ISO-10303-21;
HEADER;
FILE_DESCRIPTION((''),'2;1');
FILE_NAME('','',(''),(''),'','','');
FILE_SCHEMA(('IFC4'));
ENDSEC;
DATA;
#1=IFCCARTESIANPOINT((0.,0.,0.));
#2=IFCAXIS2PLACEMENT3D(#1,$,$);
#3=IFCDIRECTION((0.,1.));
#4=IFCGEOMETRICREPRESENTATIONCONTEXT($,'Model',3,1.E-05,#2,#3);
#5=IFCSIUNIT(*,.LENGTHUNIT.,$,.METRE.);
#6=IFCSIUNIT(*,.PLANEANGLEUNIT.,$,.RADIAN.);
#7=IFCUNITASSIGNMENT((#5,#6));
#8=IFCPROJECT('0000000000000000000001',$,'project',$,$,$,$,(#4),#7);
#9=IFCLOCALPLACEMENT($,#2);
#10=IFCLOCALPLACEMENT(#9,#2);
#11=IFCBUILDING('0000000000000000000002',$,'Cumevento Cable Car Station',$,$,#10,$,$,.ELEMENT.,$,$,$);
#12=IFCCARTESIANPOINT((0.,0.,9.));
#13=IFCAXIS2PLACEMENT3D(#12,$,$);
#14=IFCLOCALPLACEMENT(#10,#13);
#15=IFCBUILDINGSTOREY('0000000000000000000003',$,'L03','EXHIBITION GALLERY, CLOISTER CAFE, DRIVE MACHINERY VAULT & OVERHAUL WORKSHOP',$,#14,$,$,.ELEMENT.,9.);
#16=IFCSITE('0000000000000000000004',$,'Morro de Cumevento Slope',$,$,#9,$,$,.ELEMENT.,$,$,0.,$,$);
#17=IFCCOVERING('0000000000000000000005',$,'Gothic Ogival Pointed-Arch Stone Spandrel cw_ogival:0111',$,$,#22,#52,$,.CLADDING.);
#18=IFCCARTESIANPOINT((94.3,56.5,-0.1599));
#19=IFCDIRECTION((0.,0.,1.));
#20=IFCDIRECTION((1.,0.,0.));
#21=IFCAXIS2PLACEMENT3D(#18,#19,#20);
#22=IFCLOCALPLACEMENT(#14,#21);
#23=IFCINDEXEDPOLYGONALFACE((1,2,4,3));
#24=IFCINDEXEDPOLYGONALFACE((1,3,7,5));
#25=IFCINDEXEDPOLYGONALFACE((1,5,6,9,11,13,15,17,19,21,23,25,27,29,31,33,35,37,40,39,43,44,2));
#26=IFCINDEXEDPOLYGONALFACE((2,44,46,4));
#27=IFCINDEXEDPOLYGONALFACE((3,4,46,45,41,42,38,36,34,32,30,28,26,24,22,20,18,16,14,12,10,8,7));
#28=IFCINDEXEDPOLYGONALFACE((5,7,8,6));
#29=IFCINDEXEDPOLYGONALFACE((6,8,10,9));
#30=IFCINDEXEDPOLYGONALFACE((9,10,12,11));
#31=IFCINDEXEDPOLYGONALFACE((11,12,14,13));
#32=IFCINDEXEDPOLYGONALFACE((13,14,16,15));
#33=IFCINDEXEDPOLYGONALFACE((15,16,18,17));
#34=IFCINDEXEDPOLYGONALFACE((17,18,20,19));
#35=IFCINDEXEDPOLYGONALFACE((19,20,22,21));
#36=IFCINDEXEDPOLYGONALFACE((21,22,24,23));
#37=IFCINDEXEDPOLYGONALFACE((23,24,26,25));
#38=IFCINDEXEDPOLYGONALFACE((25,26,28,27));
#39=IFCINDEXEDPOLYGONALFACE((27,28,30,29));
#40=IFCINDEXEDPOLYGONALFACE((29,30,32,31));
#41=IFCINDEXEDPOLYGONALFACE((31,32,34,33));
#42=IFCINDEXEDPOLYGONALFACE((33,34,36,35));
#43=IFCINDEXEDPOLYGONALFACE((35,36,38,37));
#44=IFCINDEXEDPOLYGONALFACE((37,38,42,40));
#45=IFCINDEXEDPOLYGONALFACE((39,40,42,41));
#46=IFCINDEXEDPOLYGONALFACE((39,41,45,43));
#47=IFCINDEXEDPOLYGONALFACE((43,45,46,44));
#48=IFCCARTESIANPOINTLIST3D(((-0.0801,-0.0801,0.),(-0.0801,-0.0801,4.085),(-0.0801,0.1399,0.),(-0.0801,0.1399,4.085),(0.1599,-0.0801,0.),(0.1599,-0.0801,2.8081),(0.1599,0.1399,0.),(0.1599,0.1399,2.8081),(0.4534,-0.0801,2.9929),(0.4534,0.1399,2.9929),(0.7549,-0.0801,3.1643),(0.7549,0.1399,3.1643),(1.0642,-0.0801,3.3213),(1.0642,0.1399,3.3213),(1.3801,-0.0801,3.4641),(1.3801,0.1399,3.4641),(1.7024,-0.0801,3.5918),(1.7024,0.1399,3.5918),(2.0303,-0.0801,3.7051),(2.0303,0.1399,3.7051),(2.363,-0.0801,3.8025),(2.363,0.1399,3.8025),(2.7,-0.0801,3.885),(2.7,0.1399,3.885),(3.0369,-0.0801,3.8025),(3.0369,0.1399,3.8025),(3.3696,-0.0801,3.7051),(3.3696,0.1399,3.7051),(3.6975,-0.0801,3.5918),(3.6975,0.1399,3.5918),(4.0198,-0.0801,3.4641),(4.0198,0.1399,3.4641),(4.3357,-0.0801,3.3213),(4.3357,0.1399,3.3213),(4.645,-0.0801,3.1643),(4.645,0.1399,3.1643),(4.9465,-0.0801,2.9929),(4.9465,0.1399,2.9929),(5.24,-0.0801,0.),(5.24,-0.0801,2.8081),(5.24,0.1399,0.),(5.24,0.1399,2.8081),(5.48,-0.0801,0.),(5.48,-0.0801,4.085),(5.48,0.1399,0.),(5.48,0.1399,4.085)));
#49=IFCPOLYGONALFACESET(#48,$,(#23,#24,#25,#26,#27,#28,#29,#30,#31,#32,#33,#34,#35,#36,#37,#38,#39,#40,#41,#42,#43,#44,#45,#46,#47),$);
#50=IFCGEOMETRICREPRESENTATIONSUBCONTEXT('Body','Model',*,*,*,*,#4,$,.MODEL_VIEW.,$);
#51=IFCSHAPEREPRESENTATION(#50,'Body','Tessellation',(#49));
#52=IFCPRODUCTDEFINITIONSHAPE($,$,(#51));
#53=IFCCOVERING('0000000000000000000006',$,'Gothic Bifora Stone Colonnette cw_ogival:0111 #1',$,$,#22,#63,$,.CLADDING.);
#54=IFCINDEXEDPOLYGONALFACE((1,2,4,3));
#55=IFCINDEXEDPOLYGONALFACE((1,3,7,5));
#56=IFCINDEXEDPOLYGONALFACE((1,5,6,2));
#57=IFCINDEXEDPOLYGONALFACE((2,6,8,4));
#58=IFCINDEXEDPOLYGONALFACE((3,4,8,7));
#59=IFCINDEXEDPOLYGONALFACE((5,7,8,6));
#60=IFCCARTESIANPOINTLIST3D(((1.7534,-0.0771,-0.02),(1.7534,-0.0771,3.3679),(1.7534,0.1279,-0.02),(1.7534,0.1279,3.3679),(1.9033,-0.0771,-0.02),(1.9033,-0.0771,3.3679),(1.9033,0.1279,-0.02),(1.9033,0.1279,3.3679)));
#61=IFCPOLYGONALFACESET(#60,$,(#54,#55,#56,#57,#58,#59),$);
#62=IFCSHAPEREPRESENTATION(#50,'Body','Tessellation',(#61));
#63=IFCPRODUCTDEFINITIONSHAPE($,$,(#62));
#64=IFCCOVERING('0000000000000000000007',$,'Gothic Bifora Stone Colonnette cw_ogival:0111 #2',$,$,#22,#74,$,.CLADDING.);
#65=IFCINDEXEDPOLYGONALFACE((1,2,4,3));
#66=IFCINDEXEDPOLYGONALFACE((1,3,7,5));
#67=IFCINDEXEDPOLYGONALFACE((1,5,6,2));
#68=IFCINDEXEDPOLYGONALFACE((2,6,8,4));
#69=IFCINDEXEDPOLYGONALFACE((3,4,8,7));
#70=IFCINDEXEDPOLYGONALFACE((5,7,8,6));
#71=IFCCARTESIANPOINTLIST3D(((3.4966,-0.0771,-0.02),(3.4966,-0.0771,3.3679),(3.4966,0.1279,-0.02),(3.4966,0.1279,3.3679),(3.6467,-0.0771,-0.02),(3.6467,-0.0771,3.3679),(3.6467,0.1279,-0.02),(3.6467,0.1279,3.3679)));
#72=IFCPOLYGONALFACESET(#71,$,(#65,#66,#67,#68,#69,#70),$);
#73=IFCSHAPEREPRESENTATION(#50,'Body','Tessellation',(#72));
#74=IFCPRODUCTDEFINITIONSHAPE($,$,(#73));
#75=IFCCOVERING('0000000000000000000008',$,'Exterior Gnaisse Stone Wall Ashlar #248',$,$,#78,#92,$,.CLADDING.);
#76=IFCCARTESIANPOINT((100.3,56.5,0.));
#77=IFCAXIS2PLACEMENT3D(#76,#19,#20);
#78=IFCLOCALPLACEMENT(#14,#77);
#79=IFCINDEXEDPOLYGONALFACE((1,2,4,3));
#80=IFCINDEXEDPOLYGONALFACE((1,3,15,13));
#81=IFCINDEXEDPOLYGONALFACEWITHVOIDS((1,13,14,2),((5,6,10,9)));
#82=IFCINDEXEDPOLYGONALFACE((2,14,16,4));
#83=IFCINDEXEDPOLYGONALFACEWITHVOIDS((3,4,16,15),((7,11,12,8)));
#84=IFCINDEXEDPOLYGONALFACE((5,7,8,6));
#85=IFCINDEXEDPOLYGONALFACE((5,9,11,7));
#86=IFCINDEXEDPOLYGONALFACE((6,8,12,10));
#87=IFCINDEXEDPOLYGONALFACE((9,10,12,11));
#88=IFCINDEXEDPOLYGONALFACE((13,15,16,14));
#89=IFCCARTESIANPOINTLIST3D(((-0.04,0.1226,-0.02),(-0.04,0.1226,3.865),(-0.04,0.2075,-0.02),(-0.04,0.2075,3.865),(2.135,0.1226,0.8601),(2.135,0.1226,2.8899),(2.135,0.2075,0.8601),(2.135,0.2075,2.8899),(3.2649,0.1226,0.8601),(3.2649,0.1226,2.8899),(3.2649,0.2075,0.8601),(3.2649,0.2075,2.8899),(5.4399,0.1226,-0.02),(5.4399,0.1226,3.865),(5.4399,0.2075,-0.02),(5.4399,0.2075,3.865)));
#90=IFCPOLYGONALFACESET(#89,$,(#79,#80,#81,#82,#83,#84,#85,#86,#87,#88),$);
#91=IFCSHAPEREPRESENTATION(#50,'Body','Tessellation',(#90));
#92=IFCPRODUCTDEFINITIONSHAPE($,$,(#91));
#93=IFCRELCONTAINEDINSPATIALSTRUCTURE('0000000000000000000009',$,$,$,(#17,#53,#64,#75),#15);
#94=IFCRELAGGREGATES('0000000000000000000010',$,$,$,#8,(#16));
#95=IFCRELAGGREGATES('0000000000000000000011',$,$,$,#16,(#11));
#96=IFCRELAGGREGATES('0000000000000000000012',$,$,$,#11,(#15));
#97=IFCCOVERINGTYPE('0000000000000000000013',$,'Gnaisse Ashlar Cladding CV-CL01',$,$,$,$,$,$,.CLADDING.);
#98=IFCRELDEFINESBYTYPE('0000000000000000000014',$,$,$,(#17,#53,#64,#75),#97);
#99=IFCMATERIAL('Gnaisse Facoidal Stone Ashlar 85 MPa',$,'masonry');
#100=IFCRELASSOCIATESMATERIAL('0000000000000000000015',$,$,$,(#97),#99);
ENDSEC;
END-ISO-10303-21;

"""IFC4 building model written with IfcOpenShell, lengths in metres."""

from ifc_helpers import new_model, si_unit, direction, frame, origin, place, context, subcontext, project, spatial, polyline, outline, extrude, material, type_object, element, save


model = new_model("IFC4")

# Units and contexts
model_context = context("Model", 3, precision=1e-05, world=origin(), true_north=direction((0.0, 1.0)))
body_context = subcontext(model_context, "Body", "Model", "MODEL_VIEW")
ifc_project = project(units=[si_unit("LENGTHUNIT", "METRE"), si_unit("PLANEANGLEUNIT", "RADIAN")], contexts=[model_context])

# Site, building, storey
site_placement = place(None, origin())
site = spatial("IfcSite", under=ifc_project, at=site_placement, Name="Morro de Cumevento Slope", CompositionType="ELEMENT", RefElevation=0.0)
building_placement = place(site_placement, origin())
building = spatial("IfcBuilding", under=site, at=building_placement, Name="Cumevento Cable Car Station", CompositionType="ELEMENT")
storey_placement = place(building_placement, frame((0.0, 0.0, 9.0)))
storey = spatial("IfcBuildingStorey", under=building, at=storey_placement, Name="L03", Description="EXHIBITION GALLERY, CLOISTER CAFE, DRIVE MACHINERY VAULT & OVERHAUL WORKSHOP", CompositionType="ELEMENT", Elevation=9.0)

# Coverings
ifc_material_1 = material(Name="Gnaisse Facoidal Stone Ashlar 85 MPa", Category="masonry")
covering_type = type_object("IfcCoveringType", Name="Gnaisse Ashlar Cladding CV-CL01", PredefinedType="CLADDING", material=ifc_material_1)
placement = place(storey_placement, frame((94.3, 56.5, -0.1599), z_axis=(0.0, 0.0, 1.0), x_axis=(1.0, 0.0, 0.0)))
element("IfcCovering", 1, at=placement, inside=storey, type_object=covering_type, Name="Gothic Ogival Pointed-Arch Stone Spandrel cw_ogival:0111", PredefinedType="CLADDING", context=body_context, shape_type="SweptSolid", body=[
    extrude(outline(polyline([(-0.0801, 0.0), (-0.0801, 4.085), (5.48, 4.085), (5.48, 0.0), (5.24, 0.0), (5.24, 2.8081), (4.9465, 2.9929), (4.645, 3.1643), (4.3357, 3.3213), (4.0198, 3.4641), (3.6975, 3.5918), (3.3696, 3.7051), (3.0369, 3.8025), (2.7, 3.885), (2.363, 3.8025), (2.0303, 3.7051), (1.7024, 3.5918), (1.3801, 3.4641), (1.0642, 3.3213), (0.7549, 3.1643), (0.4534, 2.9929), (0.1599, 2.8081), (0.1599, 0.0), (-0.0801, 0.0)])), frame((0.0, 0.1399, 0.0), z_axis=(0.0, -1.0, 0.0), x_axis=(1.0, 0.0, 0.0)), (0.0, 0.0, 1.0), 0.22),
])
element("IfcCovering", 2, at=placement, inside=storey, type_object=covering_type, Name="Gothic Bifora Stone Colonnette cw_ogival:0111 #1", PredefinedType="CLADDING", context=body_context, shape_type="SweptSolid", body=[
    extrude(outline(polyline([(1.7534, -0.02), (1.9033, -0.02), (1.9033, 3.3679), (1.7534, 3.3679), (1.7534, -0.02)])), frame((0.0, 0.1279, 0.0), z_axis=(0.0, -1.0, 0.0), x_axis=(1.0, 0.0, 0.0)), (0.0, 0.0, 1.0), 0.2051),
])
element("IfcCovering", 3, at=placement, inside=storey, type_object=covering_type, Name="Gothic Bifora Stone Colonnette cw_ogival:0111 #2", PredefinedType="CLADDING", context=body_context, shape_type="SweptSolid", body=[
    extrude(outline(polyline([(3.4966, -0.02), (3.6467, -0.02), (3.6467, 3.3679), (3.4966, 3.3679), (3.4966, -0.02)])), frame((0.0, 0.1279, 0.0), z_axis=(0.0, -1.0, 0.0), x_axis=(1.0, 0.0, 0.0)), (0.0, 0.0, 1.0), 0.2051),
])
covering_1_placement = place(storey_placement, frame((100.3, 56.5, 0.0), z_axis=(0.0, 0.0, 1.0), x_axis=(1.0, 0.0, 0.0)))
element("IfcCovering", 4, at=covering_1_placement, inside=storey, type_object=covering_type, Name="Exterior Gnaisse Stone Wall Ashlar #248", PredefinedType="CLADDING", context=body_context, shape_type="SweptSolid", body=[
    extrude(outline(polyline([(-0.04, -0.02), (5.4399, -0.02), (5.4399, 3.865), (-0.04, 3.865), (-0.04, -0.02)]), holes=[polyline([(2.135, 0.8601), (3.2649, 0.8601), (3.2649, 2.8899), (2.135, 2.8899), (2.135, 0.8601)])]), frame((0.0, 0.2075, 0.0), z_axis=(0.0, -1.0, 0.0), x_axis=(1.0, 0.0, 0.0)), (0.0, 0.0, 1.0), 0.085),
])

save(model, "model.ifc")
